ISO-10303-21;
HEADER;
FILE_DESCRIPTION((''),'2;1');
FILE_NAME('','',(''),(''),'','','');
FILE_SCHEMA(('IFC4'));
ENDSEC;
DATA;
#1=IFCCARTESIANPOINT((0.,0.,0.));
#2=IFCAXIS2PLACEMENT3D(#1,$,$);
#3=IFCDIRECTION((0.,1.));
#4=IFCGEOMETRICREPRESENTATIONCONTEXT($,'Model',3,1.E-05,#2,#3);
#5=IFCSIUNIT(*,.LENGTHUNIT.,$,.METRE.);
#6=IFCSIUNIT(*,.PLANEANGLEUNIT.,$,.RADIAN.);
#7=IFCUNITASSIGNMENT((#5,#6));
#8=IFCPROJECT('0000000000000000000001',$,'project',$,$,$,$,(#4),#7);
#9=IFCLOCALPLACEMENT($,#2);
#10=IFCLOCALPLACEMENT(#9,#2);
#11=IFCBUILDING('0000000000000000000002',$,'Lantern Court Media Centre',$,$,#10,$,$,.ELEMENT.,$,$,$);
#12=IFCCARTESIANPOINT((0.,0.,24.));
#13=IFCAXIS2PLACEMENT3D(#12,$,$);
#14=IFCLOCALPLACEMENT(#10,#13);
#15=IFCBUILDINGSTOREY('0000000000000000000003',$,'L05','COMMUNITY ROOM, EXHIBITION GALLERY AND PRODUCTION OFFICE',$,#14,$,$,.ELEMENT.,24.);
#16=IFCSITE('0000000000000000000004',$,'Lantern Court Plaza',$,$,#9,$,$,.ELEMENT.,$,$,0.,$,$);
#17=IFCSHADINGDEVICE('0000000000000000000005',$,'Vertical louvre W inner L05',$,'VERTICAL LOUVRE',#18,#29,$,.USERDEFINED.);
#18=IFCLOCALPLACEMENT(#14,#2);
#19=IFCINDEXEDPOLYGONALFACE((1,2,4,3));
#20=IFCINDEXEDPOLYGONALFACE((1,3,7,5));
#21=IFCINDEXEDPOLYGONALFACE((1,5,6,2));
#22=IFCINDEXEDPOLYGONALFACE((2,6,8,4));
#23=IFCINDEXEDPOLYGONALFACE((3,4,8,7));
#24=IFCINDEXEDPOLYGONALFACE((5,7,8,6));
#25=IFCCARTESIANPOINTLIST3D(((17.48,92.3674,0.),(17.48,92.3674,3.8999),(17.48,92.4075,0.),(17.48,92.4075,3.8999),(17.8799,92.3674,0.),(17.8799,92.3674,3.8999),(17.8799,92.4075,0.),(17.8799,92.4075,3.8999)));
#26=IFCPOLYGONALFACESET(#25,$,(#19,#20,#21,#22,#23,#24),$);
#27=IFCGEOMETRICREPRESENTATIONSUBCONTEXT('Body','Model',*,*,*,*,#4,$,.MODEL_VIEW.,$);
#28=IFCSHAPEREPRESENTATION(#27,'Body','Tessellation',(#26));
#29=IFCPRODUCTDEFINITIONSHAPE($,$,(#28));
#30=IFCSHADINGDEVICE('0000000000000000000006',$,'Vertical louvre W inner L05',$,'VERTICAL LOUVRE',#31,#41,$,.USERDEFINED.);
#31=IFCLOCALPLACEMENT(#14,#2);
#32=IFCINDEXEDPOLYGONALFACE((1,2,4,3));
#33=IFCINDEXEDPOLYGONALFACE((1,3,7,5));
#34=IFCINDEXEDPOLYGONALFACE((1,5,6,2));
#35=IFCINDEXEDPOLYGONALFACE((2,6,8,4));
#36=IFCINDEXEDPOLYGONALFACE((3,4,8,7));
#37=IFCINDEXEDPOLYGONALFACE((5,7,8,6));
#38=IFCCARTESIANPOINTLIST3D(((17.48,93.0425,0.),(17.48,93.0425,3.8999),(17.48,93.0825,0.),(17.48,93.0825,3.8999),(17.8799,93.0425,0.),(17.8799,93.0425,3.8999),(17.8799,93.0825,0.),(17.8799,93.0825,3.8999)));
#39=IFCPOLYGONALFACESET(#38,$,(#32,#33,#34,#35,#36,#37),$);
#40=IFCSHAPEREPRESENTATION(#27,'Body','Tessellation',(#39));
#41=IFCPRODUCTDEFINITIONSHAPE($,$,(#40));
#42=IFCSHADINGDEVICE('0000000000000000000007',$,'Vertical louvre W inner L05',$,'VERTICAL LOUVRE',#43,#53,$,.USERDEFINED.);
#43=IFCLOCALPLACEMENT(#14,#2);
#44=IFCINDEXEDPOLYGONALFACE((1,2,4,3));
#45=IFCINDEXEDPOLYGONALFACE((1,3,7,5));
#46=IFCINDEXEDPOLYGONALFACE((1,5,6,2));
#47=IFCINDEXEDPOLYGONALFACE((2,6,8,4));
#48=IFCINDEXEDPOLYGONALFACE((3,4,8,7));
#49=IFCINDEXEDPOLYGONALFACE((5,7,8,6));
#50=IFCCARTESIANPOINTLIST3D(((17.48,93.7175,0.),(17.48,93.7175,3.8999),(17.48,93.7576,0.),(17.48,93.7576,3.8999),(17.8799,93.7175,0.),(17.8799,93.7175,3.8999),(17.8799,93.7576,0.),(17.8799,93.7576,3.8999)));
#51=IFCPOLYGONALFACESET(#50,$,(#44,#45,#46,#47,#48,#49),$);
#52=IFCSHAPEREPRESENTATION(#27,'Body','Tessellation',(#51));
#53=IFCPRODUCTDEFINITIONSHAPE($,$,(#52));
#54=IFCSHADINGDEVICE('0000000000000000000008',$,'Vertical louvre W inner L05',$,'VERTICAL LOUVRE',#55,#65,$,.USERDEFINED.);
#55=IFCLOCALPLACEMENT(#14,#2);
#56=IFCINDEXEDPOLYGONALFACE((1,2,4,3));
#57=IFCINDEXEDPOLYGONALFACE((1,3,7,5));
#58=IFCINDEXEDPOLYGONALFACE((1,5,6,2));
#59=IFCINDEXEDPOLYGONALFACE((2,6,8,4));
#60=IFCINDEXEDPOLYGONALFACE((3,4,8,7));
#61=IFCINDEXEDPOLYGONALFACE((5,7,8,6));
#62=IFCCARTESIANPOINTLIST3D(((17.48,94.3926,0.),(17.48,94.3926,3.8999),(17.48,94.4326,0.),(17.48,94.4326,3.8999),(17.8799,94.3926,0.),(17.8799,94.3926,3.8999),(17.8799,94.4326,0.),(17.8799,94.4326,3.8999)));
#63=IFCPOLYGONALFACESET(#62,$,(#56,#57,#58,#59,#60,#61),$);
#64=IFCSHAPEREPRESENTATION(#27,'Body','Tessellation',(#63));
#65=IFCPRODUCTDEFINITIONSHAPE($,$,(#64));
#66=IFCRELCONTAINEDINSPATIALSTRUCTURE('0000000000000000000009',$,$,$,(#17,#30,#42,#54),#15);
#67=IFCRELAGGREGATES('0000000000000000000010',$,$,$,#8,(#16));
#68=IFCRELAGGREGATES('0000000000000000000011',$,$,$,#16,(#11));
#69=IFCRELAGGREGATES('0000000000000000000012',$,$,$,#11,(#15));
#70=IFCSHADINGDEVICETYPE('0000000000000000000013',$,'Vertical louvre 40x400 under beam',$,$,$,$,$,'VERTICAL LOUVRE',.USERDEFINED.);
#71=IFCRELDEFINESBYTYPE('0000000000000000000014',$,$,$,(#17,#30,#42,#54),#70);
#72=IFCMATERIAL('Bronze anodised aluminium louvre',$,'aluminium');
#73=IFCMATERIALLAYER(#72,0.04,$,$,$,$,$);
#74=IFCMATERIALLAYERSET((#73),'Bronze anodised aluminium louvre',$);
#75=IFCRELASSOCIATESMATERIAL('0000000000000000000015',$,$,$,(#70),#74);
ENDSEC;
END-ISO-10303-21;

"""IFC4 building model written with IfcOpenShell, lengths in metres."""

from ifc_helpers import new_model, si_unit, direction, frame, origin, origin_2d, place, context, subcontext, project, spatial, rectangle, extrude, material, layer, layer_set, type_object, element, save


model = new_model("IFC4")

# Units and contexts
model_context = context("Model", 3, precision=1e-05, world=origin(), true_north=direction((0.0, 1.0)))
body_context = subcontext(model_context, "Body", "Model", "MODEL_VIEW")
ifc_project = project(units=[si_unit("LENGTHUNIT", "METRE"), si_unit("PLANEANGLEUNIT", "RADIAN")], contexts=[model_context])

# Site, building, storey
site_placement = place(None, origin())
site = spatial("IfcSite", under=ifc_project, at=site_placement, Name="Lantern Court Plaza", CompositionType="ELEMENT", RefElevation=0.0)
building_placement = place(site_placement, origin())
building = spatial("IfcBuilding", under=site, at=building_placement, Name="Lantern Court Media Centre", CompositionType="ELEMENT")
storey_placement = place(building_placement, frame((0.0, 0.0, 24.0)))
storey = spatial("IfcBuildingStorey", under=building, at=storey_placement, Name="L05", Description="COMMUNITY ROOM, EXHIBITION GALLERY AND PRODUCTION OFFICE", CompositionType="ELEMENT", Elevation=24.0)

# Shading devices
ifc_material_1 = material(Name="Bronze anodised aluminium louvre", Category="aluminium")
ifc_layer_1 = layer(ifc_material_1, 0.04)
ifc_layer_set_1 = layer_set([ifc_layer_1], Name="Bronze anodised aluminium louvre")
shading_device_type = type_object("IfcShadingDeviceType", Name="Vertical louvre 40x400 under beam", ElementType="VERTICAL LOUVRE", PredefinedType="USERDEFINED", material=ifc_layer_set_1)
for number, where, z_axis, x_axis, name in (
    (1, (17.6799, 92.3875, 0.0), (0.0, 0.0, 1.0), (1.0, 0.0, 0.0), "Vertical louvre W inner L05"),
    (2, (17.6799, 93.0625, 0.0), (0.0, 0.0, 1.0), (1.0, 0.0, 0.0), "Vertical louvre W inner L05"),
    (3, (17.6799, 93.7375, 0.0), (0.0, 0.0, 1.0), (1.0, 0.0, 0.0), "Vertical louvre W inner L05"),
    (4, (17.6799, 94.4126, 0.0), (0.0, 0.0, 1.0), (1.0, 0.0, 0.0), "Vertical louvre W inner L05"),
):
    element("IfcShadingDevice", number, at=place(storey_placement, frame(where, z_axis=z_axis, x_axis=x_axis)), inside=storey, type_object=shading_device_type, Name=name, ObjectType="VERTICAL LOUVRE", PredefinedType="USERDEFINED", context=body_context, shape_type="SweptSolid", body=[
        extrude(rectangle(XDim=0.3999, YDim=0.04, at=origin_2d()), origin(), (0.0, 0.0, 1.0), 3.8999),
    ])

save(model, "model.ifc")
